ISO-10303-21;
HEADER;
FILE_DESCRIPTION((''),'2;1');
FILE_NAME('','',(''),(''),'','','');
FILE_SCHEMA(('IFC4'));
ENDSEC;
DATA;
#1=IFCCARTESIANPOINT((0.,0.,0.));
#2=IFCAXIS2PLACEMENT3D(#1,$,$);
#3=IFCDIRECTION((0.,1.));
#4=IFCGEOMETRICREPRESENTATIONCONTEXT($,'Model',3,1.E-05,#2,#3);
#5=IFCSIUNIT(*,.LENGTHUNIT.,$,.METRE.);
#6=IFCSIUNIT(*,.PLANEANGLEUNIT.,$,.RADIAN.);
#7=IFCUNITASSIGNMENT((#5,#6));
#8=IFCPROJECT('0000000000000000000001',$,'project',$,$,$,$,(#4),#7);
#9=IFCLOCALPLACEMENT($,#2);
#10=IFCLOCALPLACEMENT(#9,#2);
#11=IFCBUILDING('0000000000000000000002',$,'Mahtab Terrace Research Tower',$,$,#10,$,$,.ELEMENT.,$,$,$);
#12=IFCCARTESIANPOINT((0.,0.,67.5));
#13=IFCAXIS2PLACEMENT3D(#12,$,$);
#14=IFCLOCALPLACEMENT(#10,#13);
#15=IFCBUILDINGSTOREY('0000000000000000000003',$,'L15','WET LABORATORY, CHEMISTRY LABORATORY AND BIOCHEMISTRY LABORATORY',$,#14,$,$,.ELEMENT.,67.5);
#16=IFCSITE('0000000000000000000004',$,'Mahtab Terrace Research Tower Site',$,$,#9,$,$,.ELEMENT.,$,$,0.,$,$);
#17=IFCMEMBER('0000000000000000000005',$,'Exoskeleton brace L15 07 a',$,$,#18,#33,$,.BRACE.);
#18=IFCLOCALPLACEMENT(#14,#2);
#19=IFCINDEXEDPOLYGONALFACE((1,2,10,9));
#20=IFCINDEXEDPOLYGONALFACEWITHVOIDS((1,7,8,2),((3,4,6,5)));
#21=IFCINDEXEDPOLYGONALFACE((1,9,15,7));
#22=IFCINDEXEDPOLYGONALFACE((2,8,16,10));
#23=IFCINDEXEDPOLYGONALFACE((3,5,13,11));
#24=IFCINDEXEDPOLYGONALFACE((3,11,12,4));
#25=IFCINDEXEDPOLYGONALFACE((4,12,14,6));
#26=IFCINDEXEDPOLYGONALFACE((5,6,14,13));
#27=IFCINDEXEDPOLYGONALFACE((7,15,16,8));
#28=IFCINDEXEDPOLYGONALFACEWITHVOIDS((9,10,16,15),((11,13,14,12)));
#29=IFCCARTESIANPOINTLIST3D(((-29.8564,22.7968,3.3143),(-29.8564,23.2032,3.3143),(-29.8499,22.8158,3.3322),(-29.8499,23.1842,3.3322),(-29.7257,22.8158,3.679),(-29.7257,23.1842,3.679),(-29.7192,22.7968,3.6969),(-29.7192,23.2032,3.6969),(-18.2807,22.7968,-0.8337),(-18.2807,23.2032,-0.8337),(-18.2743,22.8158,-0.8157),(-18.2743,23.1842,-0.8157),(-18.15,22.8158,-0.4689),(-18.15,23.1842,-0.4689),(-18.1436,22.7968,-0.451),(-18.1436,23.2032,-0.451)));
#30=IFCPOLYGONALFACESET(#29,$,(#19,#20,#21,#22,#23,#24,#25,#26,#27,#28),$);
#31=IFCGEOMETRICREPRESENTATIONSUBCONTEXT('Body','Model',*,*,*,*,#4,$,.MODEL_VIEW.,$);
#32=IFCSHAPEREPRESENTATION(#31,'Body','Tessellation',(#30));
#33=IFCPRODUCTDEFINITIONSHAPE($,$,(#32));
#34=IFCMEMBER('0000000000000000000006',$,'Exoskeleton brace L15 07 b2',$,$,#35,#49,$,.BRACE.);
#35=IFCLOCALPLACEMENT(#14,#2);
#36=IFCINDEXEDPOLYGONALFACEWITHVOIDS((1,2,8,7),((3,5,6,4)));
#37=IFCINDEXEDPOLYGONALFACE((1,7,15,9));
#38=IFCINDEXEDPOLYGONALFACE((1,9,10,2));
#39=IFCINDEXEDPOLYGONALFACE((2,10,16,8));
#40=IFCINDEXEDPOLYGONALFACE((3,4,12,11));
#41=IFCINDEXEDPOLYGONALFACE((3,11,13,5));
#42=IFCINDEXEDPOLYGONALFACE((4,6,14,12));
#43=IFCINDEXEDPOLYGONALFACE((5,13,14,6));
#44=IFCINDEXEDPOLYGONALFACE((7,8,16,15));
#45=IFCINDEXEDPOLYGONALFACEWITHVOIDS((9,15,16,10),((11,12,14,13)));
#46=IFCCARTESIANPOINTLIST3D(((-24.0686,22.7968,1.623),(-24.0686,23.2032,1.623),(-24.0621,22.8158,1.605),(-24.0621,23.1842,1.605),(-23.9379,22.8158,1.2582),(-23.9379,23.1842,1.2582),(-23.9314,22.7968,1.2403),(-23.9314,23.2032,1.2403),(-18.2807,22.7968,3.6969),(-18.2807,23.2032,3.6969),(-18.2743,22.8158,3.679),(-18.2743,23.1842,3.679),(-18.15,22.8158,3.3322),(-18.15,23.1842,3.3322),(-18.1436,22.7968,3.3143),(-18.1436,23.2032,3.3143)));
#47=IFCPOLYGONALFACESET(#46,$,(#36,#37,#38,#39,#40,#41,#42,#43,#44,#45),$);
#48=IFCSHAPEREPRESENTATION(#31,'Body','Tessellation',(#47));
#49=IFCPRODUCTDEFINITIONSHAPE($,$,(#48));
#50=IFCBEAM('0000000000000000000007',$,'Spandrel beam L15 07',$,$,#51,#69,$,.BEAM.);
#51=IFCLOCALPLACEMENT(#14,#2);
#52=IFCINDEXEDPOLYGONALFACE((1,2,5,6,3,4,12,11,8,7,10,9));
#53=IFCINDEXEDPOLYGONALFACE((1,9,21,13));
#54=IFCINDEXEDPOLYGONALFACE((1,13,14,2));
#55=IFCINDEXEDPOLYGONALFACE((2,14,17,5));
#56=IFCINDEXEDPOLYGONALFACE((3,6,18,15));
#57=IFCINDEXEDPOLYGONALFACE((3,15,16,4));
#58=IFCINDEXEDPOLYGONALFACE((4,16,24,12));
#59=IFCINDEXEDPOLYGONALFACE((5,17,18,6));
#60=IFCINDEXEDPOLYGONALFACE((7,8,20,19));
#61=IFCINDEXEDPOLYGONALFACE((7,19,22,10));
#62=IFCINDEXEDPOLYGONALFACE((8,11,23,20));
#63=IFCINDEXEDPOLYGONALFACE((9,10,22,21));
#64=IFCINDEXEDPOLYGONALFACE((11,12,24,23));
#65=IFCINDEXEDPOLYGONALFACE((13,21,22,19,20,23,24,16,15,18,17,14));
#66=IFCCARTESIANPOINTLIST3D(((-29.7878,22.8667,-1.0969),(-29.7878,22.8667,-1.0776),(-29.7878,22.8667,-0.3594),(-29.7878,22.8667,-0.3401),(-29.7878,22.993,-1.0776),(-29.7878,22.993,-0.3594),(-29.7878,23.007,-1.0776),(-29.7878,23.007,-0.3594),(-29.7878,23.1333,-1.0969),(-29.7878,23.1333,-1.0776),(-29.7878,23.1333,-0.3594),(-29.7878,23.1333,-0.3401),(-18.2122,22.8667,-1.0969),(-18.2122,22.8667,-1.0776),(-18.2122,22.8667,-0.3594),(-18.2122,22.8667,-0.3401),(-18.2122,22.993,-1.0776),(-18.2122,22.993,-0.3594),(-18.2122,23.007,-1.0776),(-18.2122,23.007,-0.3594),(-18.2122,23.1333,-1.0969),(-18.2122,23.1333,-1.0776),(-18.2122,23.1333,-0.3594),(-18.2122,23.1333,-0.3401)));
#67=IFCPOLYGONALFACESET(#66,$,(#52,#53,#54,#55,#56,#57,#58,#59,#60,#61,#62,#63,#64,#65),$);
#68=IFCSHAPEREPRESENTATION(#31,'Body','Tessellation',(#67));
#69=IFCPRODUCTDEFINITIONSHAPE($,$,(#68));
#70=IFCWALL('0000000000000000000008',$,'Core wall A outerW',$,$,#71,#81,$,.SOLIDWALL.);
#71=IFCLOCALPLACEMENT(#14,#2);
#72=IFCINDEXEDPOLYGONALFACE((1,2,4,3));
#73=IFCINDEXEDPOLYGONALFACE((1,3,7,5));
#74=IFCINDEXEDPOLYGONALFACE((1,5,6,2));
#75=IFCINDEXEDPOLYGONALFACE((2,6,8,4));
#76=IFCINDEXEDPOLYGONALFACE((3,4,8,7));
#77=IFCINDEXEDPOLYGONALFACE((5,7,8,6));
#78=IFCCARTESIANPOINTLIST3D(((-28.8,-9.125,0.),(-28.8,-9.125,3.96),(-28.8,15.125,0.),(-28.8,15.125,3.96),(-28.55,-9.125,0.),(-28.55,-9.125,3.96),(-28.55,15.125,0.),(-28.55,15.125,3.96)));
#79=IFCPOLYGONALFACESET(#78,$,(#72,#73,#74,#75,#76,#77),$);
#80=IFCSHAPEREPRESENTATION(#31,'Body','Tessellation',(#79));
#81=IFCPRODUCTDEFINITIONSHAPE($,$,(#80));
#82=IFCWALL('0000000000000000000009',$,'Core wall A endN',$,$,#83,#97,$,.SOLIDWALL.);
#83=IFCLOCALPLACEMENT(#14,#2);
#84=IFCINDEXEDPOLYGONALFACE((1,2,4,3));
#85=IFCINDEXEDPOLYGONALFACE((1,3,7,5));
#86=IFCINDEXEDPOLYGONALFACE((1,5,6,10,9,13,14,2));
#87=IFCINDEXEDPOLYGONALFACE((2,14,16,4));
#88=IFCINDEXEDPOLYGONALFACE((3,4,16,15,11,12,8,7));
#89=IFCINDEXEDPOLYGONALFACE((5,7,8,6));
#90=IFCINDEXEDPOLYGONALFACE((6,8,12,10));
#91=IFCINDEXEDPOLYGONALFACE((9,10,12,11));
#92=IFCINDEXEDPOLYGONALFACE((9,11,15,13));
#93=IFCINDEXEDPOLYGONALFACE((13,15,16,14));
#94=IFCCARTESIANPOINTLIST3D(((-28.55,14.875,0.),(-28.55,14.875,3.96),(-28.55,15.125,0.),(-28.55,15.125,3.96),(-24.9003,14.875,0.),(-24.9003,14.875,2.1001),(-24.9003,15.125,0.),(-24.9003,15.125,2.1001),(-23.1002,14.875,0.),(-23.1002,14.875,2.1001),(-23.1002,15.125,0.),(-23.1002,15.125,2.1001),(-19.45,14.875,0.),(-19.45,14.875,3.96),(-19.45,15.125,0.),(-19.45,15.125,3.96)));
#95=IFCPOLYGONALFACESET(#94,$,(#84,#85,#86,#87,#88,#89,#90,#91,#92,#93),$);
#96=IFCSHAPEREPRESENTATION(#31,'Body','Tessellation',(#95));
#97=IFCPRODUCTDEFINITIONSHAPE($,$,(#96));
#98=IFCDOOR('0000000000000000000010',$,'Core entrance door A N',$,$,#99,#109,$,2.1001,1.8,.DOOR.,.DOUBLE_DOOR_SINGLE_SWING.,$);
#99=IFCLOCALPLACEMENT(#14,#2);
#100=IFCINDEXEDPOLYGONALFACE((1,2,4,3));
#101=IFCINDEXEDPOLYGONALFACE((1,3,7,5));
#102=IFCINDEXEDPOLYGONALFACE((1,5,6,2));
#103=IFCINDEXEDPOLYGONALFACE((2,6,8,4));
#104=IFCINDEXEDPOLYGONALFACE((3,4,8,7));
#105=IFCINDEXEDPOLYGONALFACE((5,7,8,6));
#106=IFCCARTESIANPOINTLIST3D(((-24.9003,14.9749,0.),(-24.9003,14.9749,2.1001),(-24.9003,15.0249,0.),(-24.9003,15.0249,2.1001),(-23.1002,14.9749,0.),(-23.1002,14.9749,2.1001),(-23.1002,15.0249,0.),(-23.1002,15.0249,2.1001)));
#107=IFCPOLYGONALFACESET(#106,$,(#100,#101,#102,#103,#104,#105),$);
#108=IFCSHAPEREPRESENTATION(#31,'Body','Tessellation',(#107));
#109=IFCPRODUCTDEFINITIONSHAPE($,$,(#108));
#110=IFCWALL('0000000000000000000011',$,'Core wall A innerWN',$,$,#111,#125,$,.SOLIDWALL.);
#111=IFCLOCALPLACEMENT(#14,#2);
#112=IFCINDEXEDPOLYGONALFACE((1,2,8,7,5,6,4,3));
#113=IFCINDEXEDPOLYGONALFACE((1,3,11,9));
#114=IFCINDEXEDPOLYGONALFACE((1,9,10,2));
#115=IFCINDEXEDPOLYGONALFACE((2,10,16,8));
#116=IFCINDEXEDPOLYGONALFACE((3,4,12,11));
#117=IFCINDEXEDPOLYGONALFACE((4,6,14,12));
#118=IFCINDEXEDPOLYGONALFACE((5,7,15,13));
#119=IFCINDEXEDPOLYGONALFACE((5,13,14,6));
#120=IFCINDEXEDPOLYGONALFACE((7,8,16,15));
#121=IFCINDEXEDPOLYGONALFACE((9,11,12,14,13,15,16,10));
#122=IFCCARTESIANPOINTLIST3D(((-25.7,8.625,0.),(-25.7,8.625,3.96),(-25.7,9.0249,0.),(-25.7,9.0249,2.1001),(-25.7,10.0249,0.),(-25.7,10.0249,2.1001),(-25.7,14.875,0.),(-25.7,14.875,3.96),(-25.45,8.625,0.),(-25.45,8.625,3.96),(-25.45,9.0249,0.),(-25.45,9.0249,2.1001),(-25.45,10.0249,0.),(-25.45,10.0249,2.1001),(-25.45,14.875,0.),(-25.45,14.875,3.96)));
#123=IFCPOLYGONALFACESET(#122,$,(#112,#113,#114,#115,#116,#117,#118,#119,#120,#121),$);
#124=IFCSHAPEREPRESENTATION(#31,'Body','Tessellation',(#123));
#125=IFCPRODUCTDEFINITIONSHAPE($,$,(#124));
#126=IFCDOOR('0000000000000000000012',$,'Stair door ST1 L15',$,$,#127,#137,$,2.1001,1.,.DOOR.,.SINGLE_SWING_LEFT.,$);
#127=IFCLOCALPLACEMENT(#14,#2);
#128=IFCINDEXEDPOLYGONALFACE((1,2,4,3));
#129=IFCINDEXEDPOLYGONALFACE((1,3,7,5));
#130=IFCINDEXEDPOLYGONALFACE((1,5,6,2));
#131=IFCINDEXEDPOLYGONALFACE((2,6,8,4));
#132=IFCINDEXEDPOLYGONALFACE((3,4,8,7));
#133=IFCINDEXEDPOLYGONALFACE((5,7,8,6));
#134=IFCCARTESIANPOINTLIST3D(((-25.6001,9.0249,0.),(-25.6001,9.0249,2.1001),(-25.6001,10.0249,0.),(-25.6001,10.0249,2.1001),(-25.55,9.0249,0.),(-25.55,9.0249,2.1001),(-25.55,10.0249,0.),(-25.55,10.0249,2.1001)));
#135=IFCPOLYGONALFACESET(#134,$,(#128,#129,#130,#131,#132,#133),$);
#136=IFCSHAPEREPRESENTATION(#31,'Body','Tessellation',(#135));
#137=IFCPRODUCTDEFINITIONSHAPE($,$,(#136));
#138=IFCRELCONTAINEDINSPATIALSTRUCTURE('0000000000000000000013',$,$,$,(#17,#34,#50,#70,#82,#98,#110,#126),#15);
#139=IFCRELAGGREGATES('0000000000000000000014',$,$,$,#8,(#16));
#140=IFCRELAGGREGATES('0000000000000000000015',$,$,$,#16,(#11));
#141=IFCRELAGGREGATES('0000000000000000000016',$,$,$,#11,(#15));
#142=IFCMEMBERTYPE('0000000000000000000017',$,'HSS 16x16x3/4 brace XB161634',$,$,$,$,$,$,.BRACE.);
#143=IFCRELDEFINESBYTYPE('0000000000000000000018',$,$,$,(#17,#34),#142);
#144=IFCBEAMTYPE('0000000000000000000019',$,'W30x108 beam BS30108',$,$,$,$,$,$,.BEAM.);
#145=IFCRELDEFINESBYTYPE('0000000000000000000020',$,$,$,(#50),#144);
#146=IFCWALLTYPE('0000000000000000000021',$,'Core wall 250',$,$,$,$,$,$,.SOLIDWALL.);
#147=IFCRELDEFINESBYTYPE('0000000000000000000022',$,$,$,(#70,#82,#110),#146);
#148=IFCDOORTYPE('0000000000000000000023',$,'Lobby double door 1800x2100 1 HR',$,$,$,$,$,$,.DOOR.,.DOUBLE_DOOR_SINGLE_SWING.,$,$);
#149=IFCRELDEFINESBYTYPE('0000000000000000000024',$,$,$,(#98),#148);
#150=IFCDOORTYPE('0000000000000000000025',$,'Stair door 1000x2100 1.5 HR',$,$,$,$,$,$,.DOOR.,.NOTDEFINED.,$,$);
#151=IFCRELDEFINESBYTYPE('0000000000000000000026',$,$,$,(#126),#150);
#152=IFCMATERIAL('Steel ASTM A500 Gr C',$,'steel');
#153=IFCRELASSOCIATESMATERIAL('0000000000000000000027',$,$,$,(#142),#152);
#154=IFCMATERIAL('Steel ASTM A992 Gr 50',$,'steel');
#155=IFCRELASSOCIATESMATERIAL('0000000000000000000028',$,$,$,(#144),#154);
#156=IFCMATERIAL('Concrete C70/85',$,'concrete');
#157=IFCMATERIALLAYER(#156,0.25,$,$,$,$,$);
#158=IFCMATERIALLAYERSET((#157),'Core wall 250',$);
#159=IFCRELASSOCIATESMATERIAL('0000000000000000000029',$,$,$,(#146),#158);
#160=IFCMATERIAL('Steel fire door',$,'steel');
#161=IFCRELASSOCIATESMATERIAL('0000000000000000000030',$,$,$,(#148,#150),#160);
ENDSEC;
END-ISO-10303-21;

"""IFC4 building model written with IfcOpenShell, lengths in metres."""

from ifc_helpers import new_model, si_unit, direction, frame, frame_2d, origin, origin_2d, place, context, subcontext, project, spatial, rectangle, hollow_rectangle, i_section, extrude, material, layer, layer_set, material_profile, profile_set, type_object, element, fill, save


model = new_model("IFC4")

# Units and contexts
model_context = context("Model", 3, precision=1e-05, world=origin(), true_north=direction((0.0, 1.0)))
body_context = subcontext(model_context, "Body", "Model", "MODEL_VIEW")
ifc_project = project(units=[si_unit("LENGTHUNIT", "METRE"), si_unit("PLANEANGLEUNIT", "RADIAN")], contexts=[model_context])

# Site, building, storey
site_placement = place(None, origin())
site = spatial("IfcSite", under=ifc_project, at=site_placement, Name="Mahtab Terrace Research Tower Site", CompositionType="ELEMENT", RefElevation=0.0)
building_placement = place(site_placement, origin())
building = spatial("IfcBuilding", under=site, at=building_placement, Name="Mahtab Terrace Research Tower", CompositionType="ELEMENT")
storey_placement = place(building_placement, frame((0.0, 0.0, 67.5)))
storey = spatial("IfcBuildingStorey", under=building, at=storey_placement, Name="L15", Description="WET LABORATORY, CHEMISTRY LABORATORY AND BIOCHEMISTRY LABORATORY", CompositionType="ELEMENT", Elevation=67.5)

# Members
ifc_material_1 = material(Name="Steel ASTM A500 Gr C", Category="steel")
ifc_material_profile_1 = material_profile(ifc_material_1, hollow_rectangle(XDim=0.4065, YDim=0.4065, WallThickness=0.019, at=origin_2d()), Name="HSS16X16X3/4")
ifc_profile_set_1 = profile_set([ifc_material_profile_1], Name="Steel ASTM A500 Gr C")
member_type = type_object("IfcMemberType", Name="HSS 16x16x3/4 brace XB161634", PredefinedType="BRACE", material=ifc_profile_set_1)
member_1_placement = place(storey_placement, frame((-18.2122, 23.0, -0.6423), z_axis=(-0.941387, 0.0, 0.33733), x_axis=(0.0, -1.0, 0.0)))
element("IfcMember", 1, at=member_1_placement, inside=storey, type_object=member_type, Name="Exoskeleton brace L15 07 a", PredefinedType="BRACE", context=body_context, shape_type="SweptSolid", body=[
    extrude(hollow_rectangle(XDim=0.4065, YDim=0.4065, WallThickness=0.019, at=origin_2d()), origin(), (0.0, 0.0, 1.0), 12.2964),
])
member_2_placement = place(storey_placement, frame((-24.0, 23.0, 1.4316), z_axis=(0.941387, 0.0, 0.33733), x_axis=(0.0, 1.0, 0.0)))
element("IfcMember", 2, at=member_2_placement, inside=storey, type_object=member_type, Name="Exoskeleton brace L15 07 b2", PredefinedType="BRACE", context=body_context, shape_type="SweptSolid", body=[
    extrude(hollow_rectangle(XDim=0.4065, YDim=0.4065, WallThickness=0.019, at=origin_2d()), origin(), (0.0, 0.0, 1.0), 6.1482),
])

# Beam
ifc_material_2 = material(Name="Steel ASTM A992 Gr 50", Category="steel")
ifc_material_profile_2 = material_profile(ifc_material_2, i_section(OverallWidth=0.2666, OverallDepth=0.7568, WebThickness=0.0139, FlangeThickness=0.0193, at=origin_2d()), Name="W30X108")
ifc_profile_set_2 = profile_set([ifc_material_profile_2], Name="Steel ASTM A992 Gr 50")
beam_type = type_object("IfcBeamType", Name="W30x108 beam BS30108", PredefinedType="BEAM", material=ifc_profile_set_2)
beam_placement = place(storey_placement, frame((-18.2122, 23.0, -0.7185), z_axis=(-1.0, 0.0, 0.0), x_axis=(0.0, -1.0, 0.0)))
element("IfcBeam", 3, at=beam_placement, inside=storey, type_object=beam_type, Name="Spandrel beam L15 07", PredefinedType="BEAM", context=body_context, shape_type="SweptSolid", body=[
    extrude(i_section(OverallWidth=0.2666, OverallDepth=0.7568, WebThickness=0.0139, FlangeThickness=0.0193, at=origin_2d()), origin(), (0.0, 0.0, 1.0), 11.5757),
])

# Wall
ifc_material_3 = material(Name="Concrete C70/85", Category="concrete")
ifc_layer_1 = layer(ifc_material_3, 0.25)
ifc_layer_set_1 = layer_set([ifc_layer_1], Name="Core wall 250")
wall_type_1 = type_object("IfcWallType", Name="Core wall 250", PredefinedType="SOLIDWALL", material=ifc_layer_set_1)
wall_1_placement = place(storey_placement, frame((-28.675, 15.125, 0.0), z_axis=(0.0, 0.0, 1.0), x_axis=(0.0, -1.0, 0.0)))
element("IfcWall", 4, at=wall_1_placement, inside=storey, type_object=wall_type_1, Name="Core wall A outerW", PredefinedType="SOLIDWALL", context=body_context, shape_type="SweptSolid", body=[
    extrude(rectangle(XDim=24.25, YDim=0.25, at=frame_2d((12.125, 0.0))), origin(), (0.0, 0.0, 1.0), 3.96),
])

# Walls, openings, doors
wall_2_placement = place(storey_placement, frame((-28.55, 15.0, 0.0), z_axis=(0.0, 0.0, 1.0), x_axis=(1.0, 0.0, 0.0)))
wall_2 = element("IfcWall", 5, at=wall_2_placement, inside=storey, type_object=wall_type_1, Name="Core wall A endN", PredefinedType="SOLIDWALL", context=body_context, shape_type="SweptSolid", body=[
    extrude(rectangle(XDim=9.1001, YDim=0.25, at=frame_2d((4.55, 0.0))), origin(), (0.0, 0.0, 1.0), 3.96),
])
opening_1_placement = place(wall_2_placement, frame((3.6499, 0.0, 0.0)))
opening_1 = element("IfcOpeningElement", 6, at=opening_1_placement, cuts=wall_2, PredefinedType="OPENING", context=body_context, shape_type="SweptSolid", body=[
    extrude(rectangle(XDim=1.8, YDim=2.1001, at=frame_2d((0.8999, 1.05))), frame((0.0, 0.135, 0.0), z_axis=(0.0, -1.0, 0.0), x_axis=(1.0, 0.0, 0.0)), (0.0, 0.0, 1.0), 0.27),
])
ifc_material_4 = material(Name="Steel fire door", Category="steel")
door_type_1 = type_object("IfcDoorType", Name="Lobby double door 1800x2100 1 HR", OperationType="DOUBLE_DOOR_SINGLE_SWING", PredefinedType="DOOR", material=ifc_material_4)
door_1_placement = place(opening_1_placement, origin())
door_1 = element("IfcDoor", 7, at=door_1_placement, inside=storey, type_object=door_type_1, Name="Core entrance door A N", OperationType="DOUBLE_DOOR_SINGLE_SWING", OverallHeight=2.1001, OverallWidth=1.8, PredefinedType="DOOR", context=body_context, shape_type="SweptSolid", body=[
    extrude(rectangle(XDim=1.8, YDim=2.1001, at=frame_2d((0.8999, 1.05))), frame((0.0, 0.0249, 0.0), z_axis=(0.0, -1.0, 0.0), x_axis=(1.0, 0.0, 0.0)), (0.0, 0.0, 1.0), 0.05),
])
fill(opening_1, door_1)
wall_3_placement = place(storey_placement, frame((-25.575, 14.875, 0.0), z_axis=(0.0, 0.0, 1.0), x_axis=(0.0, -1.0, 0.0)))
wall_3 = element("IfcWall", 8, at=wall_3_placement, inside=storey, type_object=wall_type_1, Name="Core wall A innerWN", PredefinedType="SOLIDWALL", context=body_context, shape_type="SweptSolid", body=[
    extrude(rectangle(XDim=6.25, YDim=0.25, at=frame_2d((3.125, 0.0))), origin(), (0.0, 0.0, 1.0), 3.96),
])
opening_2_placement = place(wall_3_placement, frame((4.8501, 0.0, 0.0)))
opening_2 = element("IfcOpeningElement", 9, at=opening_2_placement, cuts=wall_3, PredefinedType="OPENING", context=body_context, shape_type="SweptSolid", body=[
    extrude(rectangle(XDim=1.0, YDim=2.1001, at=frame_2d((0.5, 1.05))), frame((0.0, 0.135, 0.0), z_axis=(0.0, -1.0, 0.0), x_axis=(1.0, 0.0, 0.0)), (0.0, 0.0, 1.0), 0.27),
])
door_type_2 = type_object("IfcDoorType", Name="Stair door 1000x2100 1.5 HR", OperationType="NOTDEFINED", PredefinedType="DOOR", material=ifc_material_4)
door_2_placement = place(opening_2_placement, origin())
door_2 = element("IfcDoor", 10, at=door_2_placement, inside=storey, type_object=door_type_2, Name="Stair door ST1 L15", OperationType="SINGLE_SWING_LEFT", OverallHeight=2.1001, OverallWidth=1.0, PredefinedType="DOOR", context=body_context, shape_type="SweptSolid", body=[
    extrude(rectangle(XDim=1.0, YDim=2.1001, at=frame_2d((0.5, 1.05))), frame((0.0, 0.0249, 0.0), z_axis=(0.0, -1.0, 0.0), x_axis=(1.0, 0.0, 0.0)), (0.0, 0.0, 1.0), 0.05),
])
fill(opening_2, door_2)

save(model, "model.ifc")
